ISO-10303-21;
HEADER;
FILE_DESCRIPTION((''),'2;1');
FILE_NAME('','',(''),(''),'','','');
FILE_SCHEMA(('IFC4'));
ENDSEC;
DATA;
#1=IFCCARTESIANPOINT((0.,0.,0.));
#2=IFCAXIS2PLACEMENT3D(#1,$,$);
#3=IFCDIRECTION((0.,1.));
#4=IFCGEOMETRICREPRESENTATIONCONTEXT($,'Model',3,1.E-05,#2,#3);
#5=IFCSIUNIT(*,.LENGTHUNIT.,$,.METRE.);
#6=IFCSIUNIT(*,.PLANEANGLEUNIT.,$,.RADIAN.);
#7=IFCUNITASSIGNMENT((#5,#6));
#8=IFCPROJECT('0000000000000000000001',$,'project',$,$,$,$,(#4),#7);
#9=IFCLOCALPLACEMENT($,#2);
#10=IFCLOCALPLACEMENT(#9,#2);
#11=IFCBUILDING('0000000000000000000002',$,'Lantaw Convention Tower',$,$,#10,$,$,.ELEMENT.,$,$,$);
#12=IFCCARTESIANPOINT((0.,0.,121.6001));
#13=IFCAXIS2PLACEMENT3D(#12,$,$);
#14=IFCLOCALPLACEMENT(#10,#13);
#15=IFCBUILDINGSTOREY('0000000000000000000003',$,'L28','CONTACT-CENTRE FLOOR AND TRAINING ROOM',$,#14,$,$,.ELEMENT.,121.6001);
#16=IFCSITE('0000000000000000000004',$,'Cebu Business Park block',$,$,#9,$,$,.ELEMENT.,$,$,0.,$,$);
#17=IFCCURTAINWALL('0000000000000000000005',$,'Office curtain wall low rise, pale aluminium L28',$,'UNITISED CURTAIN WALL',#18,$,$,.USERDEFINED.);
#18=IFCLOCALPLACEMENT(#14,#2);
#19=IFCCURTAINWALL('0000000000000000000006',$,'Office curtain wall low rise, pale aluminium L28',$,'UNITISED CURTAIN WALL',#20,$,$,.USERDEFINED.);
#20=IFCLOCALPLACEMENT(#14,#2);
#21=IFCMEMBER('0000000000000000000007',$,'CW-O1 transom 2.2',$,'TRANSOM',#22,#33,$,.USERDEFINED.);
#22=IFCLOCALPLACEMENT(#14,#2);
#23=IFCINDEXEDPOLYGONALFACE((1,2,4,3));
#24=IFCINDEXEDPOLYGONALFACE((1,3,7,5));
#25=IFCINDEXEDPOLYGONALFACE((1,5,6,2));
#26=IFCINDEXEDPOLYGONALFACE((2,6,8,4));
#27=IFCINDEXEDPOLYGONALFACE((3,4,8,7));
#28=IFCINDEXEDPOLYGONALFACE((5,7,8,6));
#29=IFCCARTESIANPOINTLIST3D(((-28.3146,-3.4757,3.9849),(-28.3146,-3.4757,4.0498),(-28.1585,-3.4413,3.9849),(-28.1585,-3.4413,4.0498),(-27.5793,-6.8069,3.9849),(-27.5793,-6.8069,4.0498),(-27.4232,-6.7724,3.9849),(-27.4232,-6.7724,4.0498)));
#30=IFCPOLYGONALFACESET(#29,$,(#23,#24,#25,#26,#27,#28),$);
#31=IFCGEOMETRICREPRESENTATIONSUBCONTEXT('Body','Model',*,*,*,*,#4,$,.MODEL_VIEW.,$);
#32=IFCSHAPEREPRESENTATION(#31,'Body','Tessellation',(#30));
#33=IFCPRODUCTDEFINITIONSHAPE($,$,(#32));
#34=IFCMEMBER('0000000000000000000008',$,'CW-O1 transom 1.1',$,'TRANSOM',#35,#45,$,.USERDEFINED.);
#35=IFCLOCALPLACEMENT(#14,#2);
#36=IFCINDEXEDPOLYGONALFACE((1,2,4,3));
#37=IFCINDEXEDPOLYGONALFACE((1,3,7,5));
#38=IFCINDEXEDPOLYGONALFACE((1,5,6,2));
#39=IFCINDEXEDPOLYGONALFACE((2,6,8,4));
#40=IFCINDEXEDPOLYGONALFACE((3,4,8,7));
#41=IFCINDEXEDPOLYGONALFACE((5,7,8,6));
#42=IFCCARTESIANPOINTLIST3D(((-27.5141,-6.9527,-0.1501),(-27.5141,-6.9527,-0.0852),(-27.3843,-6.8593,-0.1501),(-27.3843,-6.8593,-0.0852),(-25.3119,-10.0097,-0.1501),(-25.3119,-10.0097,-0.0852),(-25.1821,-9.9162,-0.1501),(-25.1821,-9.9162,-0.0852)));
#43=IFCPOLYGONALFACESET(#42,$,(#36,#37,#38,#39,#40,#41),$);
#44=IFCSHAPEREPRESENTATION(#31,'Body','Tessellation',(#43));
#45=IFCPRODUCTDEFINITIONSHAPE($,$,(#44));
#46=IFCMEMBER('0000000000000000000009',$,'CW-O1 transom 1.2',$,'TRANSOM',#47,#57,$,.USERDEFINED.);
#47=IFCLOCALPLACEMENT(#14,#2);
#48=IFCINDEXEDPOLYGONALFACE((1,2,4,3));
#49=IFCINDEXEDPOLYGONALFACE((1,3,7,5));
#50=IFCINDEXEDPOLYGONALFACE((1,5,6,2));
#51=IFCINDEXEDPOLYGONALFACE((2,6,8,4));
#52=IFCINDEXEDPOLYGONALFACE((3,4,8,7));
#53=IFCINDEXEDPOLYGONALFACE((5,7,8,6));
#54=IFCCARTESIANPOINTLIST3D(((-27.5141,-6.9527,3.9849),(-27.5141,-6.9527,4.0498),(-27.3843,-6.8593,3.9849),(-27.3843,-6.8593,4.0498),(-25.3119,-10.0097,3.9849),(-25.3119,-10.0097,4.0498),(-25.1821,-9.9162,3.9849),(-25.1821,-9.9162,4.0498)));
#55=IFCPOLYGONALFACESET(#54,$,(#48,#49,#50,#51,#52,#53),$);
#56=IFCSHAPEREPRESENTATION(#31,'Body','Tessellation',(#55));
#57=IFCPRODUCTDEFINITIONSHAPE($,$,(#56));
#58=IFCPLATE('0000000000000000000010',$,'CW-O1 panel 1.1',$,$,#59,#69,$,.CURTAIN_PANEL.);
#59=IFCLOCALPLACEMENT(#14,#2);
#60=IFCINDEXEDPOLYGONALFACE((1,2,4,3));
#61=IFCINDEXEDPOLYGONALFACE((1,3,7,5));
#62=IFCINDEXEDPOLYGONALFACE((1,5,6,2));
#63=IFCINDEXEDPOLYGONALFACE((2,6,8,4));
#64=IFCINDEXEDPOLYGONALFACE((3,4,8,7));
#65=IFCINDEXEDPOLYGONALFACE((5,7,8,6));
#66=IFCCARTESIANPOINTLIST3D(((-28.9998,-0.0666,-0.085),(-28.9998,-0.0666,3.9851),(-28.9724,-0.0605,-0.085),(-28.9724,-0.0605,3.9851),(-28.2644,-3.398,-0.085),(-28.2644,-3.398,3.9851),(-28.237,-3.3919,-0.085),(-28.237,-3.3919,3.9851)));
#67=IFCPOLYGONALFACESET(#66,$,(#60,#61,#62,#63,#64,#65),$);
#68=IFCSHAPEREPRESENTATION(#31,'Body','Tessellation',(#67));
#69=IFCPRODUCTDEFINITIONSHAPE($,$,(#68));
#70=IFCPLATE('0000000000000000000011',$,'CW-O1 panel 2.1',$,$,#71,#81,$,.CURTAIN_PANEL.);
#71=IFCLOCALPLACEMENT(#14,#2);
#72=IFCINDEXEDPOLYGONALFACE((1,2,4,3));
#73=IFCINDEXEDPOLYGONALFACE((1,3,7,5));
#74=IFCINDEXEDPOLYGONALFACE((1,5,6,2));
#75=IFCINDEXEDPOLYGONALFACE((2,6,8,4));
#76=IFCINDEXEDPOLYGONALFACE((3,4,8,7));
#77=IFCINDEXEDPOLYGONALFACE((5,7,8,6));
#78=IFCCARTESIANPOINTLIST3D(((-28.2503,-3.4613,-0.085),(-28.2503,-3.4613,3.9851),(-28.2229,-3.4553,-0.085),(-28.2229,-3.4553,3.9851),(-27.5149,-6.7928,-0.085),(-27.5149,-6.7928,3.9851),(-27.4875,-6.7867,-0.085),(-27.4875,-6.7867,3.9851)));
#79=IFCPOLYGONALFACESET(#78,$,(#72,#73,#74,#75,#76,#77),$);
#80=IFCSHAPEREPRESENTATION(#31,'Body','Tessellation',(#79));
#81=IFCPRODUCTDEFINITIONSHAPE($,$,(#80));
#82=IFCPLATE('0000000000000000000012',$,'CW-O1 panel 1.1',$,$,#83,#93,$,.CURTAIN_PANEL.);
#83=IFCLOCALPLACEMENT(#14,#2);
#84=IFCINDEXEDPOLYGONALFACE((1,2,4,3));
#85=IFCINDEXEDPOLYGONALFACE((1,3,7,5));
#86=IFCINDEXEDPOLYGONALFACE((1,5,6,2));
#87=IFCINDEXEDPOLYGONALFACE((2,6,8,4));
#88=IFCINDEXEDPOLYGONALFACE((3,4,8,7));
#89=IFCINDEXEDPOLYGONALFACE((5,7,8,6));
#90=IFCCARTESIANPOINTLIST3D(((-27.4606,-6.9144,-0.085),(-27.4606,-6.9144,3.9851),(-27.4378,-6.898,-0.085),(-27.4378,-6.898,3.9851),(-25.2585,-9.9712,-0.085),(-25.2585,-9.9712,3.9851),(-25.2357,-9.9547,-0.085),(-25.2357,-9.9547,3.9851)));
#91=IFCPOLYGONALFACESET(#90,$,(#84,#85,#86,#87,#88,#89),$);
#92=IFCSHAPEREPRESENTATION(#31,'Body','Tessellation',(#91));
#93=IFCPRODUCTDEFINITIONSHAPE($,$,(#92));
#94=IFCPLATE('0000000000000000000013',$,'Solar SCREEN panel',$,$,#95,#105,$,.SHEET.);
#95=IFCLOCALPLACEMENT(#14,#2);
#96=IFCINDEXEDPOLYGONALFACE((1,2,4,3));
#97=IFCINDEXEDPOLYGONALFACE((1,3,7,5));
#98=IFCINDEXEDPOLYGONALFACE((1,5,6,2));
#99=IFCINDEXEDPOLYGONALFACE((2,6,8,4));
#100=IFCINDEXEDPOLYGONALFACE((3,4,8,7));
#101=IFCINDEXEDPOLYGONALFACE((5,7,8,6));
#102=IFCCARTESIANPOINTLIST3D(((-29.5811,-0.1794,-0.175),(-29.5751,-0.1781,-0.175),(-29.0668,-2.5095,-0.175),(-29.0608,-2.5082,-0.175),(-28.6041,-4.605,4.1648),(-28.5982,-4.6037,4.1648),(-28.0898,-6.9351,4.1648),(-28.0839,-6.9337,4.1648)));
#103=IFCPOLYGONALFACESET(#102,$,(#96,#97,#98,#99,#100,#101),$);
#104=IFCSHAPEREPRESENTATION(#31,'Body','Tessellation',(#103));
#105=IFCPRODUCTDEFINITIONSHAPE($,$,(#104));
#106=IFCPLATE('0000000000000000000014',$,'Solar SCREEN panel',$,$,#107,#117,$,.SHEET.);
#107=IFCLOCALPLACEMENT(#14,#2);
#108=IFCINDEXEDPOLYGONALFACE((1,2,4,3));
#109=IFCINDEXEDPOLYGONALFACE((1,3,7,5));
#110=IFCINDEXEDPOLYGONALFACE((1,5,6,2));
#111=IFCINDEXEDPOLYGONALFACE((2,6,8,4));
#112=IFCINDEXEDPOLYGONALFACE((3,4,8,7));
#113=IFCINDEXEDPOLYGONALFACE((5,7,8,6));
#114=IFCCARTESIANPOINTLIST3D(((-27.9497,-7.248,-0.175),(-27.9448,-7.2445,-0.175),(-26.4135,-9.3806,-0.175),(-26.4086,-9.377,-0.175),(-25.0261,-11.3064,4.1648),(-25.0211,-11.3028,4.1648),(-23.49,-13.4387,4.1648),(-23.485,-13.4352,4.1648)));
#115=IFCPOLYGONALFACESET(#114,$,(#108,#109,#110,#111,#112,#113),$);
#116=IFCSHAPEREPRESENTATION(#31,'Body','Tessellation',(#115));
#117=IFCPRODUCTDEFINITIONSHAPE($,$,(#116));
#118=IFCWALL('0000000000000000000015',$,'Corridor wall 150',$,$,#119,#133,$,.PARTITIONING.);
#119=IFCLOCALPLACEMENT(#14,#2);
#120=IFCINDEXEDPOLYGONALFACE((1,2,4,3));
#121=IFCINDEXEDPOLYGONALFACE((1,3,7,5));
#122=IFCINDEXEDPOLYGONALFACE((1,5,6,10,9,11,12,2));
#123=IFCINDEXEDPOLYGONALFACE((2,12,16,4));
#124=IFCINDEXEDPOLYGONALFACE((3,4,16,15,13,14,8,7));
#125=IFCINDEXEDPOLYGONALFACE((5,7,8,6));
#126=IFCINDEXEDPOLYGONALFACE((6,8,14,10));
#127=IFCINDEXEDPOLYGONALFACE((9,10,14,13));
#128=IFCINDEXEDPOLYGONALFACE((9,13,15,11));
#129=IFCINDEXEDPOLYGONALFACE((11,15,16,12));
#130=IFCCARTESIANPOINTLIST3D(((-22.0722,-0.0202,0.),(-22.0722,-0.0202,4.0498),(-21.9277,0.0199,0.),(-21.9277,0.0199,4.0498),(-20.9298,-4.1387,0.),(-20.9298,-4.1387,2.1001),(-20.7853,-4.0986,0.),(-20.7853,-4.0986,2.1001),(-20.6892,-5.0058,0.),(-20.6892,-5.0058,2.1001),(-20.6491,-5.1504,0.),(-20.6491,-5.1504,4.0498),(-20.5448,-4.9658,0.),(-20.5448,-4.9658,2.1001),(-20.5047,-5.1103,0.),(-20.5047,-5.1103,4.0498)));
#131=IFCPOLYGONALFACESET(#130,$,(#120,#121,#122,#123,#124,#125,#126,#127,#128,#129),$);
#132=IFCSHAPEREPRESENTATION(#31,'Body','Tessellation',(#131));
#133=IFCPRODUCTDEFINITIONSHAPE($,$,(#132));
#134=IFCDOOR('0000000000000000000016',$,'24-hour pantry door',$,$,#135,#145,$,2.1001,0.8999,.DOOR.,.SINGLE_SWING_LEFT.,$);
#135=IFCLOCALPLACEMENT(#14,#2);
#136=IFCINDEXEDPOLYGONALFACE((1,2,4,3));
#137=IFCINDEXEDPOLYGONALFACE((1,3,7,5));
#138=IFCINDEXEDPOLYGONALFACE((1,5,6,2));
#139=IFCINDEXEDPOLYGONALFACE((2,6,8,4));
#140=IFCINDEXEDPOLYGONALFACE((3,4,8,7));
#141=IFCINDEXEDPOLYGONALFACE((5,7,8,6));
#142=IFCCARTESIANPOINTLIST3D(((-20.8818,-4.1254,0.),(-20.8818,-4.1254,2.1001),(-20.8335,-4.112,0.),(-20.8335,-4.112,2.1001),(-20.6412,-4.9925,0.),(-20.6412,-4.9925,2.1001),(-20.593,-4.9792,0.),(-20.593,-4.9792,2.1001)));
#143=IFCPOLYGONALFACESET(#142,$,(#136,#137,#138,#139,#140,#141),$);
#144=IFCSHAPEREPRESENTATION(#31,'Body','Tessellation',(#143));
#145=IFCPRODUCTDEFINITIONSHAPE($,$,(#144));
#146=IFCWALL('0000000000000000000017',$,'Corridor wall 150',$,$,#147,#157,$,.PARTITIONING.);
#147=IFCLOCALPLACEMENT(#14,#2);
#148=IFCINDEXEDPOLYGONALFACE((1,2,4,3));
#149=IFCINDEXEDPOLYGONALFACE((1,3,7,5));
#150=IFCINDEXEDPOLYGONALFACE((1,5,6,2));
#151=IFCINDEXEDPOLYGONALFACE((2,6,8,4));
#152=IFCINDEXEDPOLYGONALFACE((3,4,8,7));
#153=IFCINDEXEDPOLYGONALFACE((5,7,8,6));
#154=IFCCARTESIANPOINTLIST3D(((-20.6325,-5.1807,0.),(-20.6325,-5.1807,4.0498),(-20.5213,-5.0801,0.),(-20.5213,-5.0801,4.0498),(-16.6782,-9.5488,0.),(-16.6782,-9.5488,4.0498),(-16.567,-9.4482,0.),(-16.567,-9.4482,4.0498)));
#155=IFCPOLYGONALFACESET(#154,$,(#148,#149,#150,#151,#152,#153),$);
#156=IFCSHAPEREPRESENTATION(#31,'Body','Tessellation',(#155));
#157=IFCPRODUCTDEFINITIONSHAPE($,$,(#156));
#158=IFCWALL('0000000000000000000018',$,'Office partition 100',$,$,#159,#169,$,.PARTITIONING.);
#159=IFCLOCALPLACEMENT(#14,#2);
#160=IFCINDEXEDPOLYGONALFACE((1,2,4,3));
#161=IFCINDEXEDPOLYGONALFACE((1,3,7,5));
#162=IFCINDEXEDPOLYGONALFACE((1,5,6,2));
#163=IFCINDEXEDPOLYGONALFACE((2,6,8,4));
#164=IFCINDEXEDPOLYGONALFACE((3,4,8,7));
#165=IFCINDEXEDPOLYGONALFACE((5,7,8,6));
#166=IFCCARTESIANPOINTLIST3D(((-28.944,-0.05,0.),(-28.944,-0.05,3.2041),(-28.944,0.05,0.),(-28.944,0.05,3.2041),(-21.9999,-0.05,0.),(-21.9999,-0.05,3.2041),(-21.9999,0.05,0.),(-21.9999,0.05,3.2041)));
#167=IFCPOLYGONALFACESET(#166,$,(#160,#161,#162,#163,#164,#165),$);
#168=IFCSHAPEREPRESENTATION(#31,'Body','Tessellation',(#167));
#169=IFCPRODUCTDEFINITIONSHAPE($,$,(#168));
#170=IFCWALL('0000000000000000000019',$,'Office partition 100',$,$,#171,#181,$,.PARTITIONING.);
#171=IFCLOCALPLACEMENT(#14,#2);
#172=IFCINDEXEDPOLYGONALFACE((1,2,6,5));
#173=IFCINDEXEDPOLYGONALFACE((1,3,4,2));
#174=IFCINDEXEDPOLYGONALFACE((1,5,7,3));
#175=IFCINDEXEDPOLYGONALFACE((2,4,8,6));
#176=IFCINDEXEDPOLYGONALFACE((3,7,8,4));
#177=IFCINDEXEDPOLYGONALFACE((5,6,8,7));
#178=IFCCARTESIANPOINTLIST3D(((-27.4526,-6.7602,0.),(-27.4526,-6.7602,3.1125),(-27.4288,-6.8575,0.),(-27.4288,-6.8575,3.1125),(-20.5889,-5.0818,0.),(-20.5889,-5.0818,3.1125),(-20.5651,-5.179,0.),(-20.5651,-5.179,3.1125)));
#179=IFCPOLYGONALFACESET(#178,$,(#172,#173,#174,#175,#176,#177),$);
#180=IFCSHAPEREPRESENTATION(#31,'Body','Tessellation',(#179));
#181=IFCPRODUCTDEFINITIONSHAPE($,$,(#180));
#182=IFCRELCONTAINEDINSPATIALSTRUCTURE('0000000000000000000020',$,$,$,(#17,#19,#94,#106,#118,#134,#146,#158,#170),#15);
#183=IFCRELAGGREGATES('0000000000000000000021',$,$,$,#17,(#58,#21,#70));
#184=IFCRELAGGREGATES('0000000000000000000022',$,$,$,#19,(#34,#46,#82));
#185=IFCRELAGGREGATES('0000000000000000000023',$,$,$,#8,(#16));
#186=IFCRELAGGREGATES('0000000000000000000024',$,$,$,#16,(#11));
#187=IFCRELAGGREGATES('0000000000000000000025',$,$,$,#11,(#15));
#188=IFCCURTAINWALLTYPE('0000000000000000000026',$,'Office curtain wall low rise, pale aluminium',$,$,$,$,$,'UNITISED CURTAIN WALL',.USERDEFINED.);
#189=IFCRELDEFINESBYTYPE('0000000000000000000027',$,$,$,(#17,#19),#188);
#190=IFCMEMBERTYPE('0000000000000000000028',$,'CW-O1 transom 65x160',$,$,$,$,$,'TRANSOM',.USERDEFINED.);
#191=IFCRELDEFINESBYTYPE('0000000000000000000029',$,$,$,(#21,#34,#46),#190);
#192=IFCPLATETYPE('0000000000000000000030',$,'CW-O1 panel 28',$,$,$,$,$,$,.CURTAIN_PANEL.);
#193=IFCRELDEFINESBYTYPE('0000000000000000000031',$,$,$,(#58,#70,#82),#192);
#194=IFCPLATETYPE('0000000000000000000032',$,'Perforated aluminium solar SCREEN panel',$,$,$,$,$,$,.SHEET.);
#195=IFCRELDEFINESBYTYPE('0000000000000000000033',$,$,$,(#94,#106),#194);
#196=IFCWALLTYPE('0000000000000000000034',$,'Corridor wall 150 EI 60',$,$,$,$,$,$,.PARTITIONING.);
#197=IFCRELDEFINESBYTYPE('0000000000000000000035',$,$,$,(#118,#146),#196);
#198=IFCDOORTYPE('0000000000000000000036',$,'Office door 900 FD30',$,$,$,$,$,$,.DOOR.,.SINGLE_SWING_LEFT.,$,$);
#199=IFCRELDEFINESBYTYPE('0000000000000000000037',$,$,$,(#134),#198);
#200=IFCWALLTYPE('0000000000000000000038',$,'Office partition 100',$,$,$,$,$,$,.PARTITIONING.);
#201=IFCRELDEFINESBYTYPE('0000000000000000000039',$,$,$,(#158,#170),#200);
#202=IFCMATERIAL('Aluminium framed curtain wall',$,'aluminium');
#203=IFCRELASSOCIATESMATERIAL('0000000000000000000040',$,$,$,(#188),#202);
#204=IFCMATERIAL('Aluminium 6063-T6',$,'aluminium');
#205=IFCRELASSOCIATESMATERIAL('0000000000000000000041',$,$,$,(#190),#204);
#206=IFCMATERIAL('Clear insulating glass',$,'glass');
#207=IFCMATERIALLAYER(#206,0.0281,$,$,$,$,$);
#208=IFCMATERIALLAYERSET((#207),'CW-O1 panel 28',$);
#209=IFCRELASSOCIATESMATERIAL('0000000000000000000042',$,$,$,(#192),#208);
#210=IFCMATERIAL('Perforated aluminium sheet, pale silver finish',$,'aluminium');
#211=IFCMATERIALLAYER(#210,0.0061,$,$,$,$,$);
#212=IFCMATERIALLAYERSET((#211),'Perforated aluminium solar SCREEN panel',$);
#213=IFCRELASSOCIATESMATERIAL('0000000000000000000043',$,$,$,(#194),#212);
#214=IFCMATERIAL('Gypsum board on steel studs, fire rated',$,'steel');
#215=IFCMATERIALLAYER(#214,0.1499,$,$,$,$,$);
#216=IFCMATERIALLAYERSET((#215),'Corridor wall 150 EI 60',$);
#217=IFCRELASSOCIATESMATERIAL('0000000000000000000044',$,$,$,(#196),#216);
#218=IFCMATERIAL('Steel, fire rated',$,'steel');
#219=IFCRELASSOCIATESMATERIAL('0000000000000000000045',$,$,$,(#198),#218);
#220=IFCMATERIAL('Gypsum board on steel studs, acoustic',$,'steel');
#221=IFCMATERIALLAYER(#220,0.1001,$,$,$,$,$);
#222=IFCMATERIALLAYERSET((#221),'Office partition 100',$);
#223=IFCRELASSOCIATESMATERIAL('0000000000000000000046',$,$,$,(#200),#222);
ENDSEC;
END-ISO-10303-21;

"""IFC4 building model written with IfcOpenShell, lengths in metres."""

from ifc_helpers import new_model, si_unit, direction, frame, frame_2d, origin, origin_2d, place, context, subcontext, project, spatial, polyline, rectangle, outline, extrude, material, layer, layer_set, material_profile, profile_set, type_object, element, fill, aggregate, save


model = new_model("IFC4")

# Units and contexts
model_context = context("Model", 3, precision=1e-05, world=origin(), true_north=direction((0.0, 1.0)))
body_context = subcontext(model_context, "Body", "Model", "MODEL_VIEW")
ifc_project = project(units=[si_unit("LENGTHUNIT", "METRE"), si_unit("PLANEANGLEUNIT", "RADIAN")], contexts=[model_context])

# Site, building, storey
site_placement = place(None, origin())
site = spatial("IfcSite", under=ifc_project, at=site_placement, Name="Cebu Business Park block", CompositionType="ELEMENT", RefElevation=0.0)
building_placement = place(site_placement, origin())
building = spatial("IfcBuilding", under=site, at=building_placement, Name="Lantaw Convention Tower", CompositionType="ELEMENT")
storey_placement = place(building_placement, frame((0.0, 0.0, 121.6001)))
storey = spatial("IfcBuildingStorey", under=building, at=storey_placement, Name="L28", Description="CONTACT-CENTRE FLOOR AND TRAINING ROOM", CompositionType="ELEMENT", Elevation=121.6001)

# Curtain wall
ifc_material_1 = material(Name="Aluminium framed curtain wall", Category="aluminium")
curtain_wall_type = type_object("IfcCurtainWallType", Name="Office curtain wall low rise, pale aluminium", ElementType="UNITISED CURTAIN WALL", PredefinedType="USERDEFINED", material=ifc_material_1)
curtain_wall_1_placement = place(storey_placement, origin())
curtain_wall_1 = element("IfcCurtainWall", 1, at=curtain_wall_1_placement, inside=storey, type_object=curtain_wall_type, Name="Office curtain wall low rise, pale aluminium L28", ObjectType="UNITISED CURTAIN WALL", PredefinedType="USERDEFINED")
ifc_material_2 = material(Name="Aluminium 6063-T6", Category="aluminium")

# Curtain wall
curtain_wall_2_placement = place(storey_placement, origin())
curtain_wall_2 = element("IfcCurtainWall", 2, at=curtain_wall_2_placement, inside=storey, type_object=curtain_wall_type, Name="Office curtain wall low rise, pale aluminium L28", ObjectType="UNITISED CURTAIN WALL", PredefinedType="USERDEFINED")

# Members
ifc_material_profile_1 = material_profile(ifc_material_2, rectangle(XDim=0.1599, YDim=0.0649, at=origin_2d()), Name="CW-O1 transom 65x160")
ifc_profile_set_1 = profile_set([ifc_material_profile_1], Name="Aluminium 6063-T6")
member_type_1 = type_object("IfcMemberType", Name="CW-O1 transom 65x160", ElementType="TRANSOM", PredefinedType="USERDEFINED", material=ifc_profile_set_1)
member_1_placement = place(storey_placement, frame((-28.2366, -3.4585, 4.0173), z_axis=(0.215551, -0.976493, 0.0), x_axis=(0.976493, 0.215551, 0.0)))
member_1 = element("IfcMember", 3, at=member_1_placement, type_object=member_type_1, Name="CW-O1 transom 2.2", ObjectType="TRANSOM", PredefinedType="USERDEFINED", context=body_context, shape_type="SweptSolid", body=[
    extrude(rectangle(XDim=0.1599, YDim=0.0649, at=origin_2d()), origin(), (0.0, 0.0, 1.0), 3.4114),
])
member_2_placement = place(storey_placement, frame((-27.4492, -6.906, -0.1177), z_axis=(0.584513, -0.811384, 0.0), x_axis=(0.811384, 0.584513, 0.0)))
member_2 = element("IfcMember", 4, at=member_2_placement, type_object=member_type_1, Name="CW-O1 transom 1.1", ObjectType="TRANSOM", PredefinedType="USERDEFINED", context=body_context, shape_type="SweptSolid", body=[
    extrude(rectangle(XDim=0.1599, YDim=0.0649, at=origin_2d()), origin(), (0.0, 0.0, 1.0), 3.7676),
])
member_3_placement = place(storey_placement, frame((-27.4492, -6.906, 4.0173), z_axis=(0.584513, -0.811384, 0.0), x_axis=(0.811384, 0.584513, 0.0)))
member_3 = element("IfcMember", 5, at=member_3_placement, type_object=member_type_1, Name="CW-O1 transom 1.2", ObjectType="TRANSOM", PredefinedType="USERDEFINED", context=body_context, shape_type="SweptSolid", body=[
    extrude(rectangle(XDim=0.1599, YDim=0.0649, at=origin_2d()), origin(), (0.0, 0.0, 1.0), 3.7676),
])

# Plates
ifc_material_3 = material(Name="Clear insulating glass", Category="glass")
ifc_layer_1 = layer(ifc_material_3, 0.0281)
ifc_layer_set_1 = layer_set([ifc_layer_1], Name="CW-O1 panel 28")
plate_type_1 = type_object("IfcPlateType", Name="CW-O1 panel 28", PredefinedType="CURTAIN_PANEL", material=ifc_layer_set_1)
plate_1_placement = place(storey_placement, frame((-28.6184, -1.7292, -0.085), z_axis=(0.0, 0.0, 1.0), x_axis=(0.215546, -0.976494, 0.0)))
plate_1 = element("IfcPlate", 6, at=plate_1_placement, type_object=plate_type_1, Name="CW-O1 panel 1.1", PredefinedType="CURTAIN_PANEL", context=body_context, shape_type="SweptSolid", body=[
    extrude(rectangle(XDim=3.4116, YDim=0.0281, at=origin_2d()), origin(), (0.0, 0.0, 1.0), 4.0701),
])
plate_2_placement = place(storey_placement, frame((-27.8689, -5.124, -0.085), z_axis=(0.0, 0.0, 1.0), x_axis=(0.215546, -0.976494, 0.0)))
plate_2 = element("IfcPlate", 7, at=plate_2_placement, type_object=plate_type_1, Name="CW-O1 panel 2.1", PredefinedType="CURTAIN_PANEL", context=body_context, shape_type="SweptSolid", body=[
    extrude(rectangle(XDim=3.4116, YDim=0.0281, at=origin_2d()), origin(), (0.0, 0.0, 1.0), 4.0701),
])
aggregate(curtain_wall_1, [plate_1, member_1, plate_2])
plate_3_placement = place(storey_placement, frame((-26.3481, -8.4346, -0.085), z_axis=(0.0, 0.0, 1.0), x_axis=(0.584513, -0.811385, 0.0)))
plate_3 = element("IfcPlate", 8, at=plate_3_placement, type_object=plate_type_1, Name="CW-O1 panel 1.1", PredefinedType="CURTAIN_PANEL", context=body_context, shape_type="SweptSolid", body=[
    extrude(rectangle(XDim=3.7673, YDim=0.0281, at=origin_2d()), origin(), (0.0, 0.0, 1.0), 4.0701),
])
aggregate(curtain_wall_2, [member_2, member_3, plate_3])

# Plates
ifc_material_4 = material(Name="Perforated aluminium sheet, pale silver finish", Category="aluminium")
ifc_layer_2 = layer(ifc_material_4, 0.0061)
ifc_layer_set_2 = layer_set([ifc_layer_2], Name="Perforated aluminium solar SCREEN panel")
plate_type_2 = type_object("IfcPlateType", Name="Perforated aluminium solar SCREEN panel", PredefinedType="SHEET", material=ifc_layer_set_2)
plate_4_placement = place(storey_placement, frame((-29.5811, -0.1794, -0.175), z_axis=(-0.976498, -0.215527, 0.000033), x_axis=(0.215527, -0.976498, 0.0)))
element("IfcPlate", 9, at=plate_4_placement, inside=storey, type_object=plate_type_2, Name="Solar SCREEN panel", PredefinedType="SHEET", context=body_context, shape_type="SweptSolid", body=[
    extrude(outline(polyline([(0.0, 0.0), (2.3862, 0.0), (6.9182, 4.3398), (4.5321, 4.3398), (0.0, 0.0)])), origin(), (0.0, 0.0, -1.0), 0.0061),
])
plate_5_placement = place(storey_placement, frame((-27.9497, -7.248, -0.175), z_axis=(-0.811395, -0.584498, 0.000036), x_axis=(0.584498, -0.811395, 0.0)))
element("IfcPlate", 10, at=plate_5_placement, inside=storey, type_object=plate_type_2, Name="Solar SCREEN panel", PredefinedType="SHEET", context=body_context, shape_type="SweptSolid", body=[
    extrude(outline(polyline([(0.0, 0.0), (2.6282, 0.0), (7.6298, 4.3398), (5.0018, 4.3398), (0.0, 0.0)])), origin(), (0.0, 0.0, -1.0), 0.0061),
])

# Wall, opening, door
ifc_material_5 = material(Name="Gypsum board on steel studs, fire rated", Category="steel")
ifc_layer_3 = layer(ifc_material_5, 0.1499)
ifc_layer_set_3 = layer_set([ifc_layer_3], Name="Corridor wall 150 EI 60")
wall_type_1 = type_object("IfcWallType", Name="Corridor wall 150 EI 60", PredefinedType="PARTITIONING", material=ifc_layer_set_3)
wall_1_placement = place(storey_placement, frame((-22.0, 0.0, 0.0), z_axis=(0.0, 0.0, 1.0), x_axis=(0.267294, -0.963615, 0.0)))
wall_1 = element("IfcWall", 11, at=wall_1_placement, inside=storey, type_object=wall_type_1, Name="Corridor wall 150", PredefinedType="PARTITIONING", context=body_context, shape_type="SweptSolid", body=[
    extrude(rectangle(XDim=5.324, YDim=0.1499, at=frame_2d((2.6621, 0.0))), origin(), (0.0, 0.0, 1.0), 4.0498),
])
opening_placement = place(wall_1_placement, frame((4.2742, 0.0, 0.0)))
opening = element("IfcOpeningElement", 12, at=opening_placement, cuts=wall_1, PredefinedType="OPENING", context=body_context, shape_type="SweptSolid", body=[
    extrude(rectangle(XDim=0.8999, YDim=2.1001, at=frame_2d((0.45, 1.05))), frame((0.0, 0.085, 0.0), z_axis=(0.0, -1.0, 0.0), x_axis=(1.0, 0.0, 0.0)), (0.0, 0.0, 1.0), 0.1699),
])
ifc_material_6 = material(Name="Steel, fire rated", Category="steel")
door_type = type_object("IfcDoorType", Name="Office door 900 FD30", OperationType="SINGLE_SWING_LEFT", PredefinedType="DOOR", material=ifc_material_6)
door_placement = place(opening_placement, origin())
door = element("IfcDoor", 13, at=door_placement, inside=storey, type_object=door_type, Name="24-hour pantry door", OperationType="SINGLE_SWING_LEFT", OverallHeight=2.1001, OverallWidth=0.8999, PredefinedType="DOOR", context=body_context, shape_type="SweptSolid", body=[
    extrude(rectangle(XDim=0.8999, YDim=2.1001, at=frame_2d((0.45, 1.05))), frame((0.0, 0.0249, 0.0), z_axis=(0.0, -1.0, 0.0), x_axis=(1.0, 0.0, 0.0)), (0.0, 0.0, 1.0), 0.05),
])
fill(opening, door)

# Walls
wall_2_placement = place(storey_placement, frame((-20.5769, -5.1304, 0.0), z_axis=(0.0, 0.0, 1.0), x_axis=(0.671118, -0.74135, 0.0)))
element("IfcWall", 14, at=wall_2_placement, inside=storey, type_object=wall_type_1, Name="Corridor wall 150", PredefinedType="PARTITIONING", context=body_context, shape_type="SweptSolid", body=[
    extrude(rectangle(XDim=5.8921, YDim=0.1499, at=frame_2d((2.946, 0.0))), origin(), (0.0, 0.0, 1.0), 4.0498),
])
ifc_material_7 = material(Name="Gypsum board on steel studs, acoustic", Category="steel")
ifc_layer_4 = layer(ifc_material_7, 0.1001)
ifc_layer_set_4 = layer_set([ifc_layer_4], Name="Office partition 100")
wall_type_2 = type_object("IfcWallType", Name="Office partition 100", PredefinedType="PARTITIONING", material=ifc_layer_set_4)
wall_3_placement = place(storey_placement, frame((-28.9441, 0.0, 0.0), z_axis=(0.0, 0.0, 1.0), x_axis=(1.0, 0.0, 0.0)))
element("IfcWall", 15, at=wall_3_placement, inside=storey, type_object=wall_type_2, Name="Office partition 100", PredefinedType="PARTITIONING", context=body_context, shape_type="SweptSolid", body=[
    extrude(rectangle(XDim=6.9441, YDim=0.1001, at=frame_2d((3.4722, 0.0))), origin(), (0.0, 0.0, 1.0), 3.2041),
])
wall_4_placement = place(storey_placement, frame((-27.4407, -6.8088, 0.0), z_axis=(0.0, 0.0, 1.0), x_axis=(0.971378, 0.237541, 0.0)))
element("IfcWall", 16, at=wall_4_placement, inside=storey, type_object=wall_type_2, Name="Office partition 100", PredefinedType="PARTITIONING", context=body_context, shape_type="SweptSolid", body=[
    extrude(rectangle(XDim=7.0659, YDim=0.1001, at=frame_2d((3.533, 0.0))), origin(), (0.0, 0.0, 1.0), 3.1125),
])

save(model, "model.ifc")
